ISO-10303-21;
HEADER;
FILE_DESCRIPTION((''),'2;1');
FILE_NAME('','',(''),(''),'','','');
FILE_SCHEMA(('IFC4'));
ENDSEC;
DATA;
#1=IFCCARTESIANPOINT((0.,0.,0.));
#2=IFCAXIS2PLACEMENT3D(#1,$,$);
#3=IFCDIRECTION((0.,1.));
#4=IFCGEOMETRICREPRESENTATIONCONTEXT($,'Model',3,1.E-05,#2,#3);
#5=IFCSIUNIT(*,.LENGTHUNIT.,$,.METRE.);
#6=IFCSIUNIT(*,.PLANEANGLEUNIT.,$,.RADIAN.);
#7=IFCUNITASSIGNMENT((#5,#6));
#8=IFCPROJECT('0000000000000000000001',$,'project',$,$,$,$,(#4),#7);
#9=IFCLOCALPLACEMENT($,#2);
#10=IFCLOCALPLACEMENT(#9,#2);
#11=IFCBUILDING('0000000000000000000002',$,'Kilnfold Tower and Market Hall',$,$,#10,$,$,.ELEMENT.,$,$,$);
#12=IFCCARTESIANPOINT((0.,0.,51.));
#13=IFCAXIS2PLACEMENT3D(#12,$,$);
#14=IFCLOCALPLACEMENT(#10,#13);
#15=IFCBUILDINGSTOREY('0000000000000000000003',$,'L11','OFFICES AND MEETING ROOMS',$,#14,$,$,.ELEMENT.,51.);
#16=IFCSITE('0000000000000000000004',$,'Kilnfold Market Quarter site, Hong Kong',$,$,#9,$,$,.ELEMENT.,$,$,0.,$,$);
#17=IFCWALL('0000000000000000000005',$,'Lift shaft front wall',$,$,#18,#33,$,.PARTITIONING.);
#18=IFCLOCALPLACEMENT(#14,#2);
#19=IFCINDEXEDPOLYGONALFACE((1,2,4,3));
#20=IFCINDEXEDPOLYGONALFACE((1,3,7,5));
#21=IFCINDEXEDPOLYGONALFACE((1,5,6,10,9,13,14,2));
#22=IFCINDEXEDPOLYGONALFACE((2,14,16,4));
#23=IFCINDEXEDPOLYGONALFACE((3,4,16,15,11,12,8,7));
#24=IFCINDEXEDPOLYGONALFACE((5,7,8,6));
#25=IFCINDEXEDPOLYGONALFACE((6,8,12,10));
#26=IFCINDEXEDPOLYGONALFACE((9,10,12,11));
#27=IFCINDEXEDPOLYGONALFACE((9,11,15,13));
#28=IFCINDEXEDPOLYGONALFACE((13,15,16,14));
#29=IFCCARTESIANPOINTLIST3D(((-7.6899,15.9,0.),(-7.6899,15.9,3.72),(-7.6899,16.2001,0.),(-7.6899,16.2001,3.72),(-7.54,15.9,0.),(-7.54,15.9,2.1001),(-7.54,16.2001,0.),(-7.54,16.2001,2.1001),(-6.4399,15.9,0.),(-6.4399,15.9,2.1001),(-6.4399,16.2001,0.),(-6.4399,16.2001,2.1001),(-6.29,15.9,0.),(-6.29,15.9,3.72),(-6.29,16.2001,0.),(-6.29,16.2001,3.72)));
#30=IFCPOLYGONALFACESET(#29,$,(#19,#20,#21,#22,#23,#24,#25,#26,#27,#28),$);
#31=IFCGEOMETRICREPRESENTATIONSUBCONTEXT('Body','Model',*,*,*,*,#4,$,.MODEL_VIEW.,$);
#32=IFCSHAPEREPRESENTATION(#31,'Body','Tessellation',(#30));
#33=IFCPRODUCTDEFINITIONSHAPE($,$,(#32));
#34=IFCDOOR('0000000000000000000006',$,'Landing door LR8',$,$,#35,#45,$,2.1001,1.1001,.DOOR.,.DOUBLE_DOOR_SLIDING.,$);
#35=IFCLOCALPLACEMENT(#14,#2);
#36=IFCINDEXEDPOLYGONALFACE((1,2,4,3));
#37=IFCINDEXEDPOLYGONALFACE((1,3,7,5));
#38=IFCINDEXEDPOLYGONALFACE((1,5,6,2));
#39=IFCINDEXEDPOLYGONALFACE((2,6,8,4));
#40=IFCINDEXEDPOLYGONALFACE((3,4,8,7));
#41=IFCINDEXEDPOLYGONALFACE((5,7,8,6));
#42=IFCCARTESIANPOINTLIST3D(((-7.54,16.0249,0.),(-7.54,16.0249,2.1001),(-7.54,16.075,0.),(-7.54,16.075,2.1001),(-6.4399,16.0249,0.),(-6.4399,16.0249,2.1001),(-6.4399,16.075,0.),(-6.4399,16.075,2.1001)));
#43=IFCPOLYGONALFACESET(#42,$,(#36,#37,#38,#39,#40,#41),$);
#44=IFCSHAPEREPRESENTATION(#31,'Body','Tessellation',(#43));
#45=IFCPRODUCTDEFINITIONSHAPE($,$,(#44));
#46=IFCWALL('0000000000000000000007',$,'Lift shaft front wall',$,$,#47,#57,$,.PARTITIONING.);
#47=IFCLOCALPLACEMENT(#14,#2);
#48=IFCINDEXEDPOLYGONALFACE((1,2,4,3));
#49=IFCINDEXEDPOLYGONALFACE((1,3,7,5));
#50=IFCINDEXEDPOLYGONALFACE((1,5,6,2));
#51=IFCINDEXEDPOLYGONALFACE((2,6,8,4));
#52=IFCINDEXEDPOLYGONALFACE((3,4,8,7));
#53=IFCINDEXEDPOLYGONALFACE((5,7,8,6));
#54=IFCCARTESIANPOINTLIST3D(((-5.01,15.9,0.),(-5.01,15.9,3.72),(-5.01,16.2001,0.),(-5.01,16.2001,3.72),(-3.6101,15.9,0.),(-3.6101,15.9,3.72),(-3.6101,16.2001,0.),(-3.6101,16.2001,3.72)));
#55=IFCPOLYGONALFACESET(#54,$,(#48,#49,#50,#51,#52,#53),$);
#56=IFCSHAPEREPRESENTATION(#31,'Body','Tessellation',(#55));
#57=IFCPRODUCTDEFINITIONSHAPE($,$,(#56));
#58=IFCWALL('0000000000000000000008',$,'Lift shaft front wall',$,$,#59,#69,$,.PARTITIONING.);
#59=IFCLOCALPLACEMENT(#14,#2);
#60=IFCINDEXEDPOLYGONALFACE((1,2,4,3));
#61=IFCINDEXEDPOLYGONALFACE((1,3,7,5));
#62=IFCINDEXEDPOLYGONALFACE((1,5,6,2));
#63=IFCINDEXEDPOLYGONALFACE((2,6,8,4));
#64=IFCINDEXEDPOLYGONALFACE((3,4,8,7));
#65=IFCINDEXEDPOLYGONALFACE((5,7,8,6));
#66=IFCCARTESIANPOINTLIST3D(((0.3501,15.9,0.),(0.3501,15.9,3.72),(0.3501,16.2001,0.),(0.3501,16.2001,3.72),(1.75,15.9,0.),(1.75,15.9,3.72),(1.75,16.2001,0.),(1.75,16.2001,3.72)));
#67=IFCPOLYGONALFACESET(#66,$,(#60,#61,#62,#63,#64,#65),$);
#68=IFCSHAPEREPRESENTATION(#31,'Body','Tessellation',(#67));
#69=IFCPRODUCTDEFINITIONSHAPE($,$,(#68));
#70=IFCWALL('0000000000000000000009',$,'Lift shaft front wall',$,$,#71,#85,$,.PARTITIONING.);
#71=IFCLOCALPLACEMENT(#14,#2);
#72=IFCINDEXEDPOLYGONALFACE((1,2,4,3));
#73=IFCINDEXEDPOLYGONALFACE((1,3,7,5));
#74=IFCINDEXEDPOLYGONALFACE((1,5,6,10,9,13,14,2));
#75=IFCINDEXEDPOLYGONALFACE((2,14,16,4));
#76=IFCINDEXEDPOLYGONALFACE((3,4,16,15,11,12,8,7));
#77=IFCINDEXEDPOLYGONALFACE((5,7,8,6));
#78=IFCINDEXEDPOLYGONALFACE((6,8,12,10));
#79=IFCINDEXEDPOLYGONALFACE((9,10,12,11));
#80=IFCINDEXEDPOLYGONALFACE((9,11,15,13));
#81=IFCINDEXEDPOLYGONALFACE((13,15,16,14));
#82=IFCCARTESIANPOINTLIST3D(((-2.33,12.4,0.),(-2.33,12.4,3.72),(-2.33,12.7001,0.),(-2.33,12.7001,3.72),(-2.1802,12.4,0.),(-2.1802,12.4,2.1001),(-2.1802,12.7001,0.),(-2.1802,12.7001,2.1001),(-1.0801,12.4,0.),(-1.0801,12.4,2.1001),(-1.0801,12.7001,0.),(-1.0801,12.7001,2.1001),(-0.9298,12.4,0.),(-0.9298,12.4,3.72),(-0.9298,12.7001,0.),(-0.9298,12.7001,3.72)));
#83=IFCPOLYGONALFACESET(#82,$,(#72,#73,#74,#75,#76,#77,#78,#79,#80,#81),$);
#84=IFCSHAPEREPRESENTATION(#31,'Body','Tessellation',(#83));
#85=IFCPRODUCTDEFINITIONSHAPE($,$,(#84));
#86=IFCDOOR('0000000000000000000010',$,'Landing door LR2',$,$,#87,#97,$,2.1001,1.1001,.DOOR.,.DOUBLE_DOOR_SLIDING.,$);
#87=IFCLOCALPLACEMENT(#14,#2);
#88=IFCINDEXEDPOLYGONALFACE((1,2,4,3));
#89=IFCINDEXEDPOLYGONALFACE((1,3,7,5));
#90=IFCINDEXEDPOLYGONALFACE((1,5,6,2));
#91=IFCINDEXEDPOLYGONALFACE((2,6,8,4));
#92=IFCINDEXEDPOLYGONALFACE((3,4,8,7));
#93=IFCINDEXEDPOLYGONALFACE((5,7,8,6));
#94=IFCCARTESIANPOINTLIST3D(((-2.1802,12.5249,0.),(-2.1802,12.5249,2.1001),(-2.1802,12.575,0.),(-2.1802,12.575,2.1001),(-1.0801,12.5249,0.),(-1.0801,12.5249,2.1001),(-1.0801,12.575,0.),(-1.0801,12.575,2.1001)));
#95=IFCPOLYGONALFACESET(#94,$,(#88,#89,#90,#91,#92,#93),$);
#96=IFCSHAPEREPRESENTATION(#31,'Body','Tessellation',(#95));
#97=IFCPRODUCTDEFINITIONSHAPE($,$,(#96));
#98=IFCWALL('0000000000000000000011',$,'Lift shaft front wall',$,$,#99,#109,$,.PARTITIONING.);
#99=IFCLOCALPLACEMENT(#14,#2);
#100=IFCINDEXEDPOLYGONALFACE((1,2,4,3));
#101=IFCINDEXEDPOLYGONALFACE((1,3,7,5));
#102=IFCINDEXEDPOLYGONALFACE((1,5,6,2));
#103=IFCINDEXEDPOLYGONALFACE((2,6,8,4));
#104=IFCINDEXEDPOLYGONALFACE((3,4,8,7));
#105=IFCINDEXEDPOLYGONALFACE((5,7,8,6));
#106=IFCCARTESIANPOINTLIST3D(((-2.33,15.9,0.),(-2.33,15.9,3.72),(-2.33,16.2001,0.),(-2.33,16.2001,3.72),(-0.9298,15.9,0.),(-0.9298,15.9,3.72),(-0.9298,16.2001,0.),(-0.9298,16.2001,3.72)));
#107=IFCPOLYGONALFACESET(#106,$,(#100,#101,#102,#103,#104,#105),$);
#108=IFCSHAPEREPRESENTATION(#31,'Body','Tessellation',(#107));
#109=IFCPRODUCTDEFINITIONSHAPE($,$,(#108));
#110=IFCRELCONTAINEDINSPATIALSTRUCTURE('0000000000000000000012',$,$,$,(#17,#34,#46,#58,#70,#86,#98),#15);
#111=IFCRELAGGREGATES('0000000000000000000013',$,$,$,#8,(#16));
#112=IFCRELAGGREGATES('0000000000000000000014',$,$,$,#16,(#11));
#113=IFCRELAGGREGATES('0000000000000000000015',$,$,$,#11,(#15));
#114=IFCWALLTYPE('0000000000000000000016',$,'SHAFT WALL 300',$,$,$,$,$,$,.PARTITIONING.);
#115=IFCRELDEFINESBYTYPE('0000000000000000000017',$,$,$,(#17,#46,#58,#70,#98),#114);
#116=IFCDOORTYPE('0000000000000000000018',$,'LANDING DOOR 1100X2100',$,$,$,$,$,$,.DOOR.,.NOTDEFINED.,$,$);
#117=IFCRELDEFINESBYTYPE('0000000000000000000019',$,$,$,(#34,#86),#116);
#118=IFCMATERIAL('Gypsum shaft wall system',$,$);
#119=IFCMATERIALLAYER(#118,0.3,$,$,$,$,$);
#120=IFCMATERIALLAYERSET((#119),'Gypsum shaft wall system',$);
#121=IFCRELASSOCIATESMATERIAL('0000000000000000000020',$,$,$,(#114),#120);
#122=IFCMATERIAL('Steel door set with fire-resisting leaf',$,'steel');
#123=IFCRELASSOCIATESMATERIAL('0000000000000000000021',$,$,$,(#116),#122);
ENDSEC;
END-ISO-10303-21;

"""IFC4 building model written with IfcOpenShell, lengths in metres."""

from ifc_helpers import new_model, si_unit, direction, frame, frame_2d, origin, place, context, subcontext, project, spatial, rectangle, extrude, source, transform, mapped, material, layer, layer_set, type_object, element, fill, save


model = new_model("IFC4")

# Units and contexts
model_context = context("Model", 3, precision=1e-05, world=origin(), true_north=direction((0.0, 1.0)))
body_context = subcontext(model_context, "Body", "Model", "MODEL_VIEW")
ifc_project = project(units=[si_unit("LENGTHUNIT", "METRE"), si_unit("PLANEANGLEUNIT", "RADIAN")], contexts=[model_context])

# Site, building, storey
site_placement = place(None, origin())
site = spatial("IfcSite", under=ifc_project, at=site_placement, Name="Kilnfold Market Quarter site, Hong Kong", CompositionType="ELEMENT", RefElevation=0.0)
building_placement = place(site_placement, origin())
building = spatial("IfcBuilding", under=site, at=building_placement, Name="Kilnfold Tower and Market Hall", CompositionType="ELEMENT")
storey_placement = place(building_placement, frame((0.0, 0.0, 51.0)))
storey = spatial("IfcBuildingStorey", under=building, at=storey_placement, Name="L11", Description="OFFICES AND MEETING ROOMS", CompositionType="ELEMENT", Elevation=51.0)

# Wall, opening, door
ifc_material_1 = material(Name="Gypsum shaft wall system")
ifc_layer_1 = layer(ifc_material_1, 0.3)
ifc_layer_set_1 = layer_set([ifc_layer_1], Name="Gypsum shaft wall system")
wall_type_1 = type_object("IfcWallType", Name="SHAFT WALL 300", PredefinedType="PARTITIONING", material=ifc_layer_set_1)
shared_shape_1 = source(origin(), body_context, "Body", "SweptSolid", [
    extrude(rectangle(XDim=1.3999, YDim=0.3, at=frame_2d((0.7, 0.0))), origin(), (0.0, 0.0, 1.0), 3.72),
])
ifc_material_2 = material(Name="Steel door set with fire-resisting leaf", Category="steel")
door_type = type_object("IfcDoorType", Name="LANDING DOOR 1100X2100", OperationType="NOTDEFINED", PredefinedType="DOOR", material=ifc_material_2)
wall_1_placement = place(storey_placement, frame((-7.6899, 16.05, 0.0), z_axis=(0.0, 0.0, 1.0), x_axis=(1.0, 0.0, 0.0)))
wall_1 = element("IfcWall", 1, at=wall_1_placement, inside=storey, type_object=wall_type_1, Name="Lift shaft front wall", PredefinedType="PARTITIONING", context=body_context, shape_type="MappedRepresentation", body=[
    mapped(shared_shape_1, transform((0.0, 0.0, 0.0))),
])
opening_1_placement = place(wall_1_placement, frame((0.1499, 0.0, 0.0)))
opening_1 = element("IfcOpeningElement", 2, at=opening_1_placement, cuts=wall_1, PredefinedType="OPENING", context=body_context, shape_type="SweptSolid", body=[
    extrude(rectangle(XDim=1.1001, YDim=2.1001, at=frame_2d((0.55, 1.05))), frame((0.0, 0.1602, 0.0), z_axis=(0.0, -1.0, 0.0), x_axis=(1.0, 0.0, 0.0)), (0.0, 0.0, 1.0), 0.3201),
])
door_1_placement = place(opening_1_placement, origin())
door_1 = element("IfcDoor", 3, at=door_1_placement, inside=storey, type_object=door_type, Name="Landing door LR8", OperationType="DOUBLE_DOOR_SLIDING", OverallHeight=2.1001, OverallWidth=1.1001, PredefinedType="DOOR", context=body_context, shape_type="SweptSolid", body=[
    extrude(rectangle(XDim=1.1001, YDim=2.1001, at=frame_2d((0.55, 1.05))), frame((0.0, 0.0249, 0.0), z_axis=(0.0, -1.0, 0.0), x_axis=(1.0, 0.0, 0.0)), (0.0, 0.0, 1.0), 0.05),
])
fill(opening_1, door_1)

# Walls
for number, where, z_axis, x_axis, name in (
    (4, (-5.01, 16.05, 0.0), (0.0, 0.0, 1.0), (1.0, 0.0, 0.0), "Lift shaft front wall"),
    (5, (0.3501, 16.05, 0.0), (0.0, 0.0, 1.0), (1.0, 0.0, 0.0), "Lift shaft front wall"),
):
    element("IfcWall", number, at=place(storey_placement, frame(where, z_axis=z_axis, x_axis=x_axis)), inside=storey, type_object=wall_type_1, Name=name, PredefinedType="PARTITIONING", context=body_context, shape_type="MappedRepresentation", body=[
        mapped(shared_shape_1, transform((0.0, 0.0, 0.0))),
    ])

# Wall, opening, door
shared_shape_2 = source(origin(), body_context, "Body", "SweptSolid", [
    extrude(rectangle(XDim=1.4001, YDim=0.3, at=frame_2d((0.7002, 0.0))), origin(), (0.0, 0.0, 1.0), 3.72),
])
wall_2_placement = place(storey_placement, frame((-2.3301, 12.55, 0.0), z_axis=(0.0, 0.0, 1.0), x_axis=(1.0, 0.0, 0.0)))
wall_2 = element("IfcWall", 6, at=wall_2_placement, inside=storey, type_object=wall_type_1, Name="Lift shaft front wall", PredefinedType="PARTITIONING", context=body_context, shape_type="MappedRepresentation", body=[
    mapped(shared_shape_2, transform((0.0, 0.0, 0.0))),
])
opening_2_placement = place(wall_2_placement, frame((0.1499, 0.0, 0.0)))
opening_2 = element("IfcOpeningElement", 7, at=opening_2_placement, cuts=wall_2, PredefinedType="OPENING", context=body_context, shape_type="SweptSolid", body=[
    extrude(rectangle(XDim=1.1001, YDim=2.1001, at=frame_2d((0.55, 1.05))), frame((0.0, 0.1602, 0.0), z_axis=(0.0, -1.0, 0.0), x_axis=(1.0, 0.0, 0.0)), (0.0, 0.0, 1.0), 0.3201),
])
door_2_placement = place(opening_2_placement, origin())
door_2 = element("IfcDoor", 8, at=door_2_placement, inside=storey, type_object=door_type, Name="Landing door LR2", OperationType="DOUBLE_DOOR_SLIDING", OverallHeight=2.1001, OverallWidth=1.1001, PredefinedType="DOOR", context=body_context, shape_type="SweptSolid", body=[
    extrude(rectangle(XDim=1.1001, YDim=2.1001, at=frame_2d((0.55, 1.05))), frame((0.0, 0.0249, 0.0), z_axis=(0.0, -1.0, 0.0), x_axis=(1.0, 0.0, 0.0)), (0.0, 0.0, 1.0), 0.05),
])
fill(opening_2, door_2)

# Wall
wall_3_placement = place(storey_placement, frame((-2.3301, 16.05, 0.0), z_axis=(0.0, 0.0, 1.0), x_axis=(1.0, 0.0, 0.0)))
element("IfcWall", 9, at=wall_3_placement, inside=storey, type_object=wall_type_1, Name="Lift shaft front wall", PredefinedType="PARTITIONING", context=body_context, shape_type="MappedRepresentation", body=[
    mapped(shared_shape_2, transform((0.0, 0.0, 0.0))),
])

save(model, "model.ifc")
